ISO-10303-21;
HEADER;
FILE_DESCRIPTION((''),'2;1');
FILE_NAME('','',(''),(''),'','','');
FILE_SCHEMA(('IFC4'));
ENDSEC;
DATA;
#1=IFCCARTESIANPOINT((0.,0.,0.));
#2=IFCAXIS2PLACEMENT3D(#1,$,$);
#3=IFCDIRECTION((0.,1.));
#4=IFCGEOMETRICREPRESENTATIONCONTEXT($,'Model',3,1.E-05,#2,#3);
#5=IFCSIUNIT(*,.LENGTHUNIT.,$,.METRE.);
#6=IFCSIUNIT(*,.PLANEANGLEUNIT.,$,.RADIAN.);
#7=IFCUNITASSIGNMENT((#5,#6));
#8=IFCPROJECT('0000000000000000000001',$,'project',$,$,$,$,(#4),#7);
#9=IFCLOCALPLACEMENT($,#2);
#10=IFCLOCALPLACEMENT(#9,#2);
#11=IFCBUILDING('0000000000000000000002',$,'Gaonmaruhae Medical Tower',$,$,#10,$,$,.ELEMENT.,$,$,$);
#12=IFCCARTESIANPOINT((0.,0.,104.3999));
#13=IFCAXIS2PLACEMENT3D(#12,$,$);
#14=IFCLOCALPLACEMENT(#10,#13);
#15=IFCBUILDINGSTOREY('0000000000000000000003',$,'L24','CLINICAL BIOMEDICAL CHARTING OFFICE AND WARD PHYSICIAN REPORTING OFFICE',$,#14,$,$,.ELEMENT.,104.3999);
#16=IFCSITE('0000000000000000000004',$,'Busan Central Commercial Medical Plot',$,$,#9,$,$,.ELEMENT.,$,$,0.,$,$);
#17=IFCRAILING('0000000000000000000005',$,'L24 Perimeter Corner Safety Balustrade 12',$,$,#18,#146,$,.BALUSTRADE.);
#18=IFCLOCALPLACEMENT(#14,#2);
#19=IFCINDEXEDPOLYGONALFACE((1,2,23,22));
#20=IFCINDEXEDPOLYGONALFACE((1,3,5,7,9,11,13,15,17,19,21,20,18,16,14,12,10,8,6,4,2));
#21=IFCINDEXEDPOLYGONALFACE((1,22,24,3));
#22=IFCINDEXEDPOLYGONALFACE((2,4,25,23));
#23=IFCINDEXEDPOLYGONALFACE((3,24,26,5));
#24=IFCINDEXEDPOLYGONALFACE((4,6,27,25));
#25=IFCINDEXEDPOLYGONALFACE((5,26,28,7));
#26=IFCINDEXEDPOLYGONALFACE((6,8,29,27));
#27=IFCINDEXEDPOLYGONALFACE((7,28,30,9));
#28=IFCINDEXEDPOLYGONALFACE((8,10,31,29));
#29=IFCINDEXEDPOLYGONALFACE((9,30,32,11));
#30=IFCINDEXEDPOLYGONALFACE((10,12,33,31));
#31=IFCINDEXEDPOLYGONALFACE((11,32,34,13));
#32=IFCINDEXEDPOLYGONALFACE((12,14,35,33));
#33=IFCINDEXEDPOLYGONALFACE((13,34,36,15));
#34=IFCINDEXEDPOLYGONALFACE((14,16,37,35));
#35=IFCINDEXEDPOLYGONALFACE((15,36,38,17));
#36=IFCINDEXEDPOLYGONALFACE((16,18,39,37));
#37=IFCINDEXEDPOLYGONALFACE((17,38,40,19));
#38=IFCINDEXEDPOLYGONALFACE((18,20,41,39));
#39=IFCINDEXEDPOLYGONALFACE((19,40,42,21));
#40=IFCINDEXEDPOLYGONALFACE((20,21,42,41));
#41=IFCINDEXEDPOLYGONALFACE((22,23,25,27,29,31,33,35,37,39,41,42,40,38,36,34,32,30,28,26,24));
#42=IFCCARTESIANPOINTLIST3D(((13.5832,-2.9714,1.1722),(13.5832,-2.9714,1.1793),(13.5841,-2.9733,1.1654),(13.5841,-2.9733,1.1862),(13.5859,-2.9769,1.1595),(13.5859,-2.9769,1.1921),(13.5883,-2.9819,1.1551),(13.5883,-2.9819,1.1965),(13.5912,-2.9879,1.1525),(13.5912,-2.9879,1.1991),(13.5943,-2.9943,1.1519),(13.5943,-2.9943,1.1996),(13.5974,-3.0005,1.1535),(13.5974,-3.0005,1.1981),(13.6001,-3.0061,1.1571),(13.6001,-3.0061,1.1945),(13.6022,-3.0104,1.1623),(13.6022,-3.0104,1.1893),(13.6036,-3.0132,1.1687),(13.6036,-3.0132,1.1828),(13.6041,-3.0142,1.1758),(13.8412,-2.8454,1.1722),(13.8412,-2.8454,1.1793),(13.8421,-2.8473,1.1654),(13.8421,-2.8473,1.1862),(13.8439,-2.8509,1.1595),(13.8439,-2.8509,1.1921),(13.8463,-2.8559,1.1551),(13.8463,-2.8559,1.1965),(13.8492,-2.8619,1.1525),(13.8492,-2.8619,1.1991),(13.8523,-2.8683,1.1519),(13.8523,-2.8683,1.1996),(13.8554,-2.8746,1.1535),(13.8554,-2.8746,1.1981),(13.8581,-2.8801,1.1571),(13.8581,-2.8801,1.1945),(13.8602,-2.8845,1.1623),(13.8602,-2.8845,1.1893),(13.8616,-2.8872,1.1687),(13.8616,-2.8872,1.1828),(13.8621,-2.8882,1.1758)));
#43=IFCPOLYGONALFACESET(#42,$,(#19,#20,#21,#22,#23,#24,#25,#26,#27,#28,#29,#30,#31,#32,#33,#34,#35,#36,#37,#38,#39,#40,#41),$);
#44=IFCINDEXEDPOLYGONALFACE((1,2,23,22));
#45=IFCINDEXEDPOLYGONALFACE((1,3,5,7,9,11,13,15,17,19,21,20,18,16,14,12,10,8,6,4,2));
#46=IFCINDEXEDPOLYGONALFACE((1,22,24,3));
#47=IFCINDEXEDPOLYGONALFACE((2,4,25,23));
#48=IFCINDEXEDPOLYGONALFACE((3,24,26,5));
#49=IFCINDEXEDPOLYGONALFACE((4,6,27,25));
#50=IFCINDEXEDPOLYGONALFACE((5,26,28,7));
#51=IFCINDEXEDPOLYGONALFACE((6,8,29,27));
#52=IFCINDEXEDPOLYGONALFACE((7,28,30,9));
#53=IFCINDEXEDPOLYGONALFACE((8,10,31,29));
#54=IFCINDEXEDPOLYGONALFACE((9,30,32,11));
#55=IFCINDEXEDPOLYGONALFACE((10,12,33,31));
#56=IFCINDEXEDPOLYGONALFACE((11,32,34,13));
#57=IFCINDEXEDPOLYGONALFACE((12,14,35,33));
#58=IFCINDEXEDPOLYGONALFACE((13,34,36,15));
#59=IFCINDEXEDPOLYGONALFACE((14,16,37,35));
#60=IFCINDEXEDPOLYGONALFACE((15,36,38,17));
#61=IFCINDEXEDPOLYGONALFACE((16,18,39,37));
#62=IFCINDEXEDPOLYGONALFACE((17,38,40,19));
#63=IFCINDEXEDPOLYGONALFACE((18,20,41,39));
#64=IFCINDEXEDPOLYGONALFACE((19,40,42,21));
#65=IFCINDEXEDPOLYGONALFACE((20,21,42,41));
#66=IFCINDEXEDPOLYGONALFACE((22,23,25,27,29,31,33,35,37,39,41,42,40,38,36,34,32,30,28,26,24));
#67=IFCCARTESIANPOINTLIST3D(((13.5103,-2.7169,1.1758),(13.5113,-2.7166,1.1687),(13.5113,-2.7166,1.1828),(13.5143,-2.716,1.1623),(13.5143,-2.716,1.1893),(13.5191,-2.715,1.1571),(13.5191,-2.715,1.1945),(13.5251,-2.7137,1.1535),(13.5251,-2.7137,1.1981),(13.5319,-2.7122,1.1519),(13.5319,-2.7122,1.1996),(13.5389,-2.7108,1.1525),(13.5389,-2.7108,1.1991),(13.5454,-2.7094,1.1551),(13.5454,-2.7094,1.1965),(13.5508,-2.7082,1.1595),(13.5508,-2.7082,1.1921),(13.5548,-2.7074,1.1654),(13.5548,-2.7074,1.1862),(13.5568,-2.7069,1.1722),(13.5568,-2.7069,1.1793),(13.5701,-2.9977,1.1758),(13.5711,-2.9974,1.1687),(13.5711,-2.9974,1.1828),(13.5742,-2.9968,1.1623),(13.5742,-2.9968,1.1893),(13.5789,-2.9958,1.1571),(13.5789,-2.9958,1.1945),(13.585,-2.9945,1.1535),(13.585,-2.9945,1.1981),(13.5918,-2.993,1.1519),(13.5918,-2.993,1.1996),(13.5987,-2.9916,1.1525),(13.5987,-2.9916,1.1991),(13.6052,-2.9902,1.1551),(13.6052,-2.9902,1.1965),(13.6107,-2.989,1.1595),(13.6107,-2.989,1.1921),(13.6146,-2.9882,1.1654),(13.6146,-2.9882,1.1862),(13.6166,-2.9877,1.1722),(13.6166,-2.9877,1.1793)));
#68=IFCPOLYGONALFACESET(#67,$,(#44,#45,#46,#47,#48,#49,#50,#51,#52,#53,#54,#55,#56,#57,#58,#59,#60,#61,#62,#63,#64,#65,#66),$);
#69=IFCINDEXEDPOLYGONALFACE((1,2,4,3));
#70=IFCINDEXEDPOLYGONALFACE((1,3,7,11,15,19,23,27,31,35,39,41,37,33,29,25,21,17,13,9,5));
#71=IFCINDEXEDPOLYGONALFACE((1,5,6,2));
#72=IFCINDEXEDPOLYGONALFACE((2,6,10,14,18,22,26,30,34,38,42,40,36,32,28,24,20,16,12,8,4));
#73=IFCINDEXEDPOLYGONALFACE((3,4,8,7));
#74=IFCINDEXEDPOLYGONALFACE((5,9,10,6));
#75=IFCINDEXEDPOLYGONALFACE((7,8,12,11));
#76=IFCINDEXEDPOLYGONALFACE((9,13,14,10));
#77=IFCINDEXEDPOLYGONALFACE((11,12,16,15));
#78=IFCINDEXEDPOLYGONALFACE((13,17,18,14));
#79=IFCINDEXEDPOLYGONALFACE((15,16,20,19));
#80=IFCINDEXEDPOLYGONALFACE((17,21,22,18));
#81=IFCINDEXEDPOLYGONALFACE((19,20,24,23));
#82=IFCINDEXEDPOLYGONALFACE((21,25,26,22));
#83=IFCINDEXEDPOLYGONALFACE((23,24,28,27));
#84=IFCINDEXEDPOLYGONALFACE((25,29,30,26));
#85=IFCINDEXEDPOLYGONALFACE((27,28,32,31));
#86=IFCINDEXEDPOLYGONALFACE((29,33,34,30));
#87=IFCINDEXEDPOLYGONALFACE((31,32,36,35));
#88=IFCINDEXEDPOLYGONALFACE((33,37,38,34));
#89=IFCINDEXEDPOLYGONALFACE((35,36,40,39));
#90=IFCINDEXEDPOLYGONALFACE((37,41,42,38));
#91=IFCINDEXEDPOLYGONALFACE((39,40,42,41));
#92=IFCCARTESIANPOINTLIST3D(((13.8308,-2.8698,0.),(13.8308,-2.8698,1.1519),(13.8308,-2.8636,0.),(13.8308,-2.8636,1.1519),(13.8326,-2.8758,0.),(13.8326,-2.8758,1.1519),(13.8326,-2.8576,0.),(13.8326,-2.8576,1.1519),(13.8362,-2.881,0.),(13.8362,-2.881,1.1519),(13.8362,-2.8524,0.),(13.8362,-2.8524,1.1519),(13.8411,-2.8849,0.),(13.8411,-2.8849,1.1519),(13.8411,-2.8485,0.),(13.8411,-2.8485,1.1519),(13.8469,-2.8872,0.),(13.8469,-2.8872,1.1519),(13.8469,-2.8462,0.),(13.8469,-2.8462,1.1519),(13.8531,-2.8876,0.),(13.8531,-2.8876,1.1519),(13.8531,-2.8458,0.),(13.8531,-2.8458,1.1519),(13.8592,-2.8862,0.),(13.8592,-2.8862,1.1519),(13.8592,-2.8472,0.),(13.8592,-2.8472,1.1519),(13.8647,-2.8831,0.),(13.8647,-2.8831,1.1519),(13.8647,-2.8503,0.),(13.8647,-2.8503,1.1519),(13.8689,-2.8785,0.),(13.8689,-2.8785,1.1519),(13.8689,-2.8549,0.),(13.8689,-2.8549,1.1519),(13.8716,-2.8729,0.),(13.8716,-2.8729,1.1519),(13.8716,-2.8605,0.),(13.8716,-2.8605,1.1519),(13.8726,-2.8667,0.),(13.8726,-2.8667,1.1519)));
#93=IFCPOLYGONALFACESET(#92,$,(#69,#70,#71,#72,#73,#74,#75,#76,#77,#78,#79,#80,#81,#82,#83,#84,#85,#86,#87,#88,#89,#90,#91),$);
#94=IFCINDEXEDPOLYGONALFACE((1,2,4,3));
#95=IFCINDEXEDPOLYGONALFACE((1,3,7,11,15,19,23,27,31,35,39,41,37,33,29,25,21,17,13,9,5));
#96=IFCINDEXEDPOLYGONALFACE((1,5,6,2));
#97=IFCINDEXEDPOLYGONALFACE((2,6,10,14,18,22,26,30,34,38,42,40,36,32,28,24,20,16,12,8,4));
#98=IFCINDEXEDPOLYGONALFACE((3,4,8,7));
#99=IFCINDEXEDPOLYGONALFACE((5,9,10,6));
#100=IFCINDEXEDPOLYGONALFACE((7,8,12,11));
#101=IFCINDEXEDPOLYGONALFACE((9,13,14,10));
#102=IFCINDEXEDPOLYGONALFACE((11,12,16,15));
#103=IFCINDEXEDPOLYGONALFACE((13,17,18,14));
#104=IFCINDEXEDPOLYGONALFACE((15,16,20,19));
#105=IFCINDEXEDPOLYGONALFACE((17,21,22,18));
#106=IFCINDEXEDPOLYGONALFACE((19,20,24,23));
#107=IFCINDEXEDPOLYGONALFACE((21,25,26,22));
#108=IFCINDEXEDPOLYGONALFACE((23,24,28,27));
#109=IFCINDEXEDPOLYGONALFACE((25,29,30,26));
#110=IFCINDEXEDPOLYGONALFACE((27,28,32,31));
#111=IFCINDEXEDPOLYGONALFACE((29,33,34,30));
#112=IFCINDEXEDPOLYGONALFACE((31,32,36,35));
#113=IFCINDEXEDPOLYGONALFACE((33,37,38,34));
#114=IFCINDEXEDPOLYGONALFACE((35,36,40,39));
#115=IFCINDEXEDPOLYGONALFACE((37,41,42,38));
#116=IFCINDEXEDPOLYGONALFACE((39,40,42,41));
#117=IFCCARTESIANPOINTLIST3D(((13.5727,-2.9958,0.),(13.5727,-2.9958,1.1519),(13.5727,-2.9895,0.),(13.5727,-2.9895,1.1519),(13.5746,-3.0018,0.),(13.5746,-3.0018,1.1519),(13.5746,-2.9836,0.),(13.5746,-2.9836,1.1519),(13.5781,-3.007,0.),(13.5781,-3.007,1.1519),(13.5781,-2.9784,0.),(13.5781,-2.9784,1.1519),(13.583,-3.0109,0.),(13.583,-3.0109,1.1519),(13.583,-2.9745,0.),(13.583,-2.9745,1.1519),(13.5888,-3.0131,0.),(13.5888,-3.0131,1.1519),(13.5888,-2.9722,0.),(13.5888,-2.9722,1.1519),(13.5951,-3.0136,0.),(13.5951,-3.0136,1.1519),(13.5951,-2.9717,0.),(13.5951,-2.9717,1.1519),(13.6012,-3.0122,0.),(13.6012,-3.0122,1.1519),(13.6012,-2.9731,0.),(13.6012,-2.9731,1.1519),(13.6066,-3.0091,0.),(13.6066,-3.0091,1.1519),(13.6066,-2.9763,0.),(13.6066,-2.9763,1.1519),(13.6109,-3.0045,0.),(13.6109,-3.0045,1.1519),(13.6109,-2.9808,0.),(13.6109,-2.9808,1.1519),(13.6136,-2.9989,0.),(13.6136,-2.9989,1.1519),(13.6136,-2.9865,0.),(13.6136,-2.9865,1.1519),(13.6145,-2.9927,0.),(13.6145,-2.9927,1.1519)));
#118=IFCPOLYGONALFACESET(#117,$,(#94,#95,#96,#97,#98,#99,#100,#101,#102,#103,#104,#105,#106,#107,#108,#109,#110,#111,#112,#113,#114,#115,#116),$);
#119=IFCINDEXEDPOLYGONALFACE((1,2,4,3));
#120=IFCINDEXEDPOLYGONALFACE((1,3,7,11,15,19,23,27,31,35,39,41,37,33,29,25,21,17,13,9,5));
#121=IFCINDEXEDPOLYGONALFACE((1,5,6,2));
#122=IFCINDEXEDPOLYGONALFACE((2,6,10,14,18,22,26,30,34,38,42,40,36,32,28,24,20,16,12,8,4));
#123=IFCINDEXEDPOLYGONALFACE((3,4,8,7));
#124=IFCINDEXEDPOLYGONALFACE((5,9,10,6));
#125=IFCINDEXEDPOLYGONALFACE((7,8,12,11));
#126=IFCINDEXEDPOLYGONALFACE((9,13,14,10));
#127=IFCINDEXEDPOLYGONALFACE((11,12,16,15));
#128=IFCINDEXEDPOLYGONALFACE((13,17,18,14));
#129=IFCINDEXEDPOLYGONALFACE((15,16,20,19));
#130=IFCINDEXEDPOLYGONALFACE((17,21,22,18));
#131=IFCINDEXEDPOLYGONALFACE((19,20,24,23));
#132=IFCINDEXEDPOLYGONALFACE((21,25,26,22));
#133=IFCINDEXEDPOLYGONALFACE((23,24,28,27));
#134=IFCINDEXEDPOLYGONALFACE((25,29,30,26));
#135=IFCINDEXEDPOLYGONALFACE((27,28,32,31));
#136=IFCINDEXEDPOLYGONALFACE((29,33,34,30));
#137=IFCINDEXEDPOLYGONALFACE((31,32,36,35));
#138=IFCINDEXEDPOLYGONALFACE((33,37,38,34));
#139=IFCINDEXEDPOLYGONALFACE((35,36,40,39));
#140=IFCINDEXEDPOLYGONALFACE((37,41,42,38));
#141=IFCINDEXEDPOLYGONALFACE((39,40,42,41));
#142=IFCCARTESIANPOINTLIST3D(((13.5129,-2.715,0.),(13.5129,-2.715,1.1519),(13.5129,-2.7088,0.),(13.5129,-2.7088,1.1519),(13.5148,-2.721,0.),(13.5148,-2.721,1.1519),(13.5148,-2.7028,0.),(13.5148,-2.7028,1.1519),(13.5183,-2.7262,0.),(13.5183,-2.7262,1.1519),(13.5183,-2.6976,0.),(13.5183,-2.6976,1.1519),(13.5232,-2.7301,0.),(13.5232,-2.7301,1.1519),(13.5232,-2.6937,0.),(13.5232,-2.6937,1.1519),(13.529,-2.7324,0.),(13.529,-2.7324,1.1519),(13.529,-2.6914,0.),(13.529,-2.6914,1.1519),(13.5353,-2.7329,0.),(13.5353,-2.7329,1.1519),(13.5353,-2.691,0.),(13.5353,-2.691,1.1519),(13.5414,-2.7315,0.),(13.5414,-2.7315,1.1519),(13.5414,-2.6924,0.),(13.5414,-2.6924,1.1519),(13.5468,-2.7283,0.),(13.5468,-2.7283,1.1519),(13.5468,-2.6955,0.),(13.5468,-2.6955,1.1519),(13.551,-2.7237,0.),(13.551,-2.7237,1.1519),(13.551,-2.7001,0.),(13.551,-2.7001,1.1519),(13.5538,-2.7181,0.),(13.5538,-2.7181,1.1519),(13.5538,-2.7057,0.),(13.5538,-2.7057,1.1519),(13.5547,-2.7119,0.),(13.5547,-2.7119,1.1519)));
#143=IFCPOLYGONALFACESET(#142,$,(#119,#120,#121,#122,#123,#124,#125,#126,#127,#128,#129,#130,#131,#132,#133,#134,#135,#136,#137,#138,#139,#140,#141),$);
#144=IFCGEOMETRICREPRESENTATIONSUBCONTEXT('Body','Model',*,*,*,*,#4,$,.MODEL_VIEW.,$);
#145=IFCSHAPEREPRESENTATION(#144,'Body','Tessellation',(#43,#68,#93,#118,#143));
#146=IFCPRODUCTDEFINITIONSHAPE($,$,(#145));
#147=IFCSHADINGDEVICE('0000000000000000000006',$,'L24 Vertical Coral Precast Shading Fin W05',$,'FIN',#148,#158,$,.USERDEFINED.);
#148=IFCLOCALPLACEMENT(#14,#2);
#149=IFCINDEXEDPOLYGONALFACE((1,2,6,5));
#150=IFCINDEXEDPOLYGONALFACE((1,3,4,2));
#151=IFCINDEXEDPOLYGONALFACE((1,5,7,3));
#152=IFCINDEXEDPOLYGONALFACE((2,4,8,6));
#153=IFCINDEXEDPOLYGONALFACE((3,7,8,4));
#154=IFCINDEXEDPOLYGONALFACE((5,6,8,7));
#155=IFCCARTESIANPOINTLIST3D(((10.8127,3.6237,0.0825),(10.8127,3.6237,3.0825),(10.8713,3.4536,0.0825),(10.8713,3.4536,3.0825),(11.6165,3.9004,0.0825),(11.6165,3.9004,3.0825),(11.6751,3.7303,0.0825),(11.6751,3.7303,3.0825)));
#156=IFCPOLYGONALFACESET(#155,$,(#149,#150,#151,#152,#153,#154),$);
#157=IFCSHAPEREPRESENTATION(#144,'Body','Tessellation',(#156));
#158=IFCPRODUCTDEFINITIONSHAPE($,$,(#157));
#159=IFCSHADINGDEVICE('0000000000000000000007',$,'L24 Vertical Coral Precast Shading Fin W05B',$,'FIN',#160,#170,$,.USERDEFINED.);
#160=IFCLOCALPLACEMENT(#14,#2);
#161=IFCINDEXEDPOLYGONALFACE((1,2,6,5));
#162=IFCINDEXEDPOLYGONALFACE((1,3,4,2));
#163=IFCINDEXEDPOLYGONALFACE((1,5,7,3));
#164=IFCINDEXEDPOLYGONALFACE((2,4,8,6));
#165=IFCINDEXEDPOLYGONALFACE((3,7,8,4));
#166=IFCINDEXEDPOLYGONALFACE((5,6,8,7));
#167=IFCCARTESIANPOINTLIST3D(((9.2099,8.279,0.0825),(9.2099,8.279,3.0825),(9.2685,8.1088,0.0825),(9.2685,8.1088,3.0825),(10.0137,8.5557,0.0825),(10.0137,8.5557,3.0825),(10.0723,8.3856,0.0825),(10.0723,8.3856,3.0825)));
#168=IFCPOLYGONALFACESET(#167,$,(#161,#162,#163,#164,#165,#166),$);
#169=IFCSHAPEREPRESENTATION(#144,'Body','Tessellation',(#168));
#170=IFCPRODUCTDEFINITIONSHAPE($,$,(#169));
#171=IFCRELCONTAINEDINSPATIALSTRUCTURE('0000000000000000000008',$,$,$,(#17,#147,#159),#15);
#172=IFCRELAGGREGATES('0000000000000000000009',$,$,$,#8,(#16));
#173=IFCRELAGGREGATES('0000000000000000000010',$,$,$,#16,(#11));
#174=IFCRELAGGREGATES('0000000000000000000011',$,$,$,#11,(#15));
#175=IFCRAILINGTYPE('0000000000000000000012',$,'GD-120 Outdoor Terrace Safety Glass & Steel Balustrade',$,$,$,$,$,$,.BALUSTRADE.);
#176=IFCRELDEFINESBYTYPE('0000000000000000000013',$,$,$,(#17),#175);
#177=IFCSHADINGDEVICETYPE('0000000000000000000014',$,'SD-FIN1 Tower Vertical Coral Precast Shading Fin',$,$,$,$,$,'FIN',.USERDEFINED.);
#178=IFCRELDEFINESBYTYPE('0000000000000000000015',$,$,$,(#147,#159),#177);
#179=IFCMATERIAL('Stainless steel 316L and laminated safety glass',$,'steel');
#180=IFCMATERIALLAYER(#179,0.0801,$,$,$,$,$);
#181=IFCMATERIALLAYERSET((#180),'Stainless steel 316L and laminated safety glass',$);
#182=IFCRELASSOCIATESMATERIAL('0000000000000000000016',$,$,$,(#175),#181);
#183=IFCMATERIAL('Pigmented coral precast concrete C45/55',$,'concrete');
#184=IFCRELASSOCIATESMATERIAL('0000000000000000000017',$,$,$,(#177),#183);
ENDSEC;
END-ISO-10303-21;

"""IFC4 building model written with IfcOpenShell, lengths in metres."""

from ifc_helpers import new_model, si_unit, direction, frame, origin, origin_2d, place, context, subcontext, project, spatial, rectangle, circle, extrude, material, layer, layer_set, type_object, element, save


model = new_model("IFC4")

# Units and contexts
model_context = context("Model", 3, precision=1e-05, world=origin(), true_north=direction((0.0, 1.0)))
body_context = subcontext(model_context, "Body", "Model", "MODEL_VIEW")
ifc_project = project(units=[si_unit("LENGTHUNIT", "METRE"), si_unit("PLANEANGLEUNIT", "RADIAN")], contexts=[model_context])

# Site, building, storey
site_placement = place(None, origin())
site = spatial("IfcSite", under=ifc_project, at=site_placement, Name="Busan Central Commercial Medical Plot", CompositionType="ELEMENT", RefElevation=0.0)
building_placement = place(site_placement, origin())
building = spatial("IfcBuilding", under=site, at=building_placement, Name="Gaonmaruhae Medical Tower", CompositionType="ELEMENT")
storey_placement = place(building_placement, frame((0.0, 0.0, 104.3999)))
storey = spatial("IfcBuildingStorey", under=building, at=storey_placement, Name="L24", Description="CLINICAL BIOMEDICAL CHARTING OFFICE AND WARD PHYSICIAN REPORTING OFFICE", CompositionType="ELEMENT", Elevation=104.3999)

# Railing
ifc_material_1 = material(Name="Stainless steel 316L and laminated safety glass", Category="steel")
ifc_layer_1 = layer(ifc_material_1, 0.0801)
ifc_layer_set_1 = layer_set([ifc_layer_1], Name="Stainless steel 316L and laminated safety glass")
railing_type = type_object("IfcRailingType", Name="GD-120 Outdoor Terrace Safety Glass & Steel Balustrade", PredefinedType="BALUSTRADE", material=ifc_layer_set_1)
railing_1_placement = place(storey_placement, frame((13.8516, -2.8667, 0.0)))
element("IfcRailing", 1, at=railing_1_placement, inside=storey, type_object=railing_type, Name="L24 Perimeter Corner Safety Balustrade 12", PredefinedType="BALUSTRADE", context=body_context, shape_type="SweptSolid", body=[
    extrude(circle(Radius=0.0239, at=origin_2d()), frame((0.0, 0.0, 1.1758), z_axis=(-0.898638, -0.438692, 0.0), x_axis=(0.438692, -0.898638, 0.0)), (0.0, 0.0, 1.0), 0.2871),
    extrude(circle(Radius=0.0239, at=origin_2d()), frame((-0.2581, -0.126, 1.1758), z_axis=(-0.208367, 0.978051, 0.0), x_axis=(-0.978051, -0.208367, 0.0)), (0.0, 0.0, 1.0), 0.2871),
    extrude(circle(Radius=0.021, at=origin_2d()), origin(), (0.0, 0.0, 1.0), 1.1519),
    extrude(circle(Radius=0.021, at=origin_2d()), frame((-0.2581, -0.126, 0.0)), (0.0, 0.0, 1.0), 1.1519),
    extrude(circle(Radius=0.021, at=origin_2d()), frame((-0.3179, 0.1548, 0.0)), (0.0, 0.0, 1.0), 1.1519),
])

# Shading devices
ifc_material_2 = material(Name="Pigmented coral precast concrete C45/55", Category="concrete")
shading_device_type = type_object("IfcShadingDeviceType", Name="SD-FIN1 Tower Vertical Coral Precast Shading Fin", ElementType="FIN", PredefinedType="USERDEFINED", material=ifc_material_2)
for number, where, z_axis, x_axis, name in (
    (2, (11.2439, 3.677, 0.0825), (0.0, 0.0, 1.0), (-0.325552, 0.945524, 0.0), "L24 Vertical Coral Precast Shading Fin W05"),
    (3, (9.6411, 8.3323, 0.0825), (0.0, 0.0, 1.0), (-0.325552, 0.945524, 0.0), "L24 Vertical Coral Precast Shading Fin W05B"),
):
    element("IfcShadingDevice", number, at=place(storey_placement, frame(where, z_axis=z_axis, x_axis=x_axis)), inside=storey, type_object=shading_device_type, Name=name, ObjectType="FIN", PredefinedType="USERDEFINED", context=body_context, shape_type="SweptSolid", body=[
        extrude(rectangle(XDim=0.1799, YDim=0.8501, at=origin_2d()), origin(), (0.0, 0.0, 1.0), 3.0),
    ])

save(model, "model.ifc")
